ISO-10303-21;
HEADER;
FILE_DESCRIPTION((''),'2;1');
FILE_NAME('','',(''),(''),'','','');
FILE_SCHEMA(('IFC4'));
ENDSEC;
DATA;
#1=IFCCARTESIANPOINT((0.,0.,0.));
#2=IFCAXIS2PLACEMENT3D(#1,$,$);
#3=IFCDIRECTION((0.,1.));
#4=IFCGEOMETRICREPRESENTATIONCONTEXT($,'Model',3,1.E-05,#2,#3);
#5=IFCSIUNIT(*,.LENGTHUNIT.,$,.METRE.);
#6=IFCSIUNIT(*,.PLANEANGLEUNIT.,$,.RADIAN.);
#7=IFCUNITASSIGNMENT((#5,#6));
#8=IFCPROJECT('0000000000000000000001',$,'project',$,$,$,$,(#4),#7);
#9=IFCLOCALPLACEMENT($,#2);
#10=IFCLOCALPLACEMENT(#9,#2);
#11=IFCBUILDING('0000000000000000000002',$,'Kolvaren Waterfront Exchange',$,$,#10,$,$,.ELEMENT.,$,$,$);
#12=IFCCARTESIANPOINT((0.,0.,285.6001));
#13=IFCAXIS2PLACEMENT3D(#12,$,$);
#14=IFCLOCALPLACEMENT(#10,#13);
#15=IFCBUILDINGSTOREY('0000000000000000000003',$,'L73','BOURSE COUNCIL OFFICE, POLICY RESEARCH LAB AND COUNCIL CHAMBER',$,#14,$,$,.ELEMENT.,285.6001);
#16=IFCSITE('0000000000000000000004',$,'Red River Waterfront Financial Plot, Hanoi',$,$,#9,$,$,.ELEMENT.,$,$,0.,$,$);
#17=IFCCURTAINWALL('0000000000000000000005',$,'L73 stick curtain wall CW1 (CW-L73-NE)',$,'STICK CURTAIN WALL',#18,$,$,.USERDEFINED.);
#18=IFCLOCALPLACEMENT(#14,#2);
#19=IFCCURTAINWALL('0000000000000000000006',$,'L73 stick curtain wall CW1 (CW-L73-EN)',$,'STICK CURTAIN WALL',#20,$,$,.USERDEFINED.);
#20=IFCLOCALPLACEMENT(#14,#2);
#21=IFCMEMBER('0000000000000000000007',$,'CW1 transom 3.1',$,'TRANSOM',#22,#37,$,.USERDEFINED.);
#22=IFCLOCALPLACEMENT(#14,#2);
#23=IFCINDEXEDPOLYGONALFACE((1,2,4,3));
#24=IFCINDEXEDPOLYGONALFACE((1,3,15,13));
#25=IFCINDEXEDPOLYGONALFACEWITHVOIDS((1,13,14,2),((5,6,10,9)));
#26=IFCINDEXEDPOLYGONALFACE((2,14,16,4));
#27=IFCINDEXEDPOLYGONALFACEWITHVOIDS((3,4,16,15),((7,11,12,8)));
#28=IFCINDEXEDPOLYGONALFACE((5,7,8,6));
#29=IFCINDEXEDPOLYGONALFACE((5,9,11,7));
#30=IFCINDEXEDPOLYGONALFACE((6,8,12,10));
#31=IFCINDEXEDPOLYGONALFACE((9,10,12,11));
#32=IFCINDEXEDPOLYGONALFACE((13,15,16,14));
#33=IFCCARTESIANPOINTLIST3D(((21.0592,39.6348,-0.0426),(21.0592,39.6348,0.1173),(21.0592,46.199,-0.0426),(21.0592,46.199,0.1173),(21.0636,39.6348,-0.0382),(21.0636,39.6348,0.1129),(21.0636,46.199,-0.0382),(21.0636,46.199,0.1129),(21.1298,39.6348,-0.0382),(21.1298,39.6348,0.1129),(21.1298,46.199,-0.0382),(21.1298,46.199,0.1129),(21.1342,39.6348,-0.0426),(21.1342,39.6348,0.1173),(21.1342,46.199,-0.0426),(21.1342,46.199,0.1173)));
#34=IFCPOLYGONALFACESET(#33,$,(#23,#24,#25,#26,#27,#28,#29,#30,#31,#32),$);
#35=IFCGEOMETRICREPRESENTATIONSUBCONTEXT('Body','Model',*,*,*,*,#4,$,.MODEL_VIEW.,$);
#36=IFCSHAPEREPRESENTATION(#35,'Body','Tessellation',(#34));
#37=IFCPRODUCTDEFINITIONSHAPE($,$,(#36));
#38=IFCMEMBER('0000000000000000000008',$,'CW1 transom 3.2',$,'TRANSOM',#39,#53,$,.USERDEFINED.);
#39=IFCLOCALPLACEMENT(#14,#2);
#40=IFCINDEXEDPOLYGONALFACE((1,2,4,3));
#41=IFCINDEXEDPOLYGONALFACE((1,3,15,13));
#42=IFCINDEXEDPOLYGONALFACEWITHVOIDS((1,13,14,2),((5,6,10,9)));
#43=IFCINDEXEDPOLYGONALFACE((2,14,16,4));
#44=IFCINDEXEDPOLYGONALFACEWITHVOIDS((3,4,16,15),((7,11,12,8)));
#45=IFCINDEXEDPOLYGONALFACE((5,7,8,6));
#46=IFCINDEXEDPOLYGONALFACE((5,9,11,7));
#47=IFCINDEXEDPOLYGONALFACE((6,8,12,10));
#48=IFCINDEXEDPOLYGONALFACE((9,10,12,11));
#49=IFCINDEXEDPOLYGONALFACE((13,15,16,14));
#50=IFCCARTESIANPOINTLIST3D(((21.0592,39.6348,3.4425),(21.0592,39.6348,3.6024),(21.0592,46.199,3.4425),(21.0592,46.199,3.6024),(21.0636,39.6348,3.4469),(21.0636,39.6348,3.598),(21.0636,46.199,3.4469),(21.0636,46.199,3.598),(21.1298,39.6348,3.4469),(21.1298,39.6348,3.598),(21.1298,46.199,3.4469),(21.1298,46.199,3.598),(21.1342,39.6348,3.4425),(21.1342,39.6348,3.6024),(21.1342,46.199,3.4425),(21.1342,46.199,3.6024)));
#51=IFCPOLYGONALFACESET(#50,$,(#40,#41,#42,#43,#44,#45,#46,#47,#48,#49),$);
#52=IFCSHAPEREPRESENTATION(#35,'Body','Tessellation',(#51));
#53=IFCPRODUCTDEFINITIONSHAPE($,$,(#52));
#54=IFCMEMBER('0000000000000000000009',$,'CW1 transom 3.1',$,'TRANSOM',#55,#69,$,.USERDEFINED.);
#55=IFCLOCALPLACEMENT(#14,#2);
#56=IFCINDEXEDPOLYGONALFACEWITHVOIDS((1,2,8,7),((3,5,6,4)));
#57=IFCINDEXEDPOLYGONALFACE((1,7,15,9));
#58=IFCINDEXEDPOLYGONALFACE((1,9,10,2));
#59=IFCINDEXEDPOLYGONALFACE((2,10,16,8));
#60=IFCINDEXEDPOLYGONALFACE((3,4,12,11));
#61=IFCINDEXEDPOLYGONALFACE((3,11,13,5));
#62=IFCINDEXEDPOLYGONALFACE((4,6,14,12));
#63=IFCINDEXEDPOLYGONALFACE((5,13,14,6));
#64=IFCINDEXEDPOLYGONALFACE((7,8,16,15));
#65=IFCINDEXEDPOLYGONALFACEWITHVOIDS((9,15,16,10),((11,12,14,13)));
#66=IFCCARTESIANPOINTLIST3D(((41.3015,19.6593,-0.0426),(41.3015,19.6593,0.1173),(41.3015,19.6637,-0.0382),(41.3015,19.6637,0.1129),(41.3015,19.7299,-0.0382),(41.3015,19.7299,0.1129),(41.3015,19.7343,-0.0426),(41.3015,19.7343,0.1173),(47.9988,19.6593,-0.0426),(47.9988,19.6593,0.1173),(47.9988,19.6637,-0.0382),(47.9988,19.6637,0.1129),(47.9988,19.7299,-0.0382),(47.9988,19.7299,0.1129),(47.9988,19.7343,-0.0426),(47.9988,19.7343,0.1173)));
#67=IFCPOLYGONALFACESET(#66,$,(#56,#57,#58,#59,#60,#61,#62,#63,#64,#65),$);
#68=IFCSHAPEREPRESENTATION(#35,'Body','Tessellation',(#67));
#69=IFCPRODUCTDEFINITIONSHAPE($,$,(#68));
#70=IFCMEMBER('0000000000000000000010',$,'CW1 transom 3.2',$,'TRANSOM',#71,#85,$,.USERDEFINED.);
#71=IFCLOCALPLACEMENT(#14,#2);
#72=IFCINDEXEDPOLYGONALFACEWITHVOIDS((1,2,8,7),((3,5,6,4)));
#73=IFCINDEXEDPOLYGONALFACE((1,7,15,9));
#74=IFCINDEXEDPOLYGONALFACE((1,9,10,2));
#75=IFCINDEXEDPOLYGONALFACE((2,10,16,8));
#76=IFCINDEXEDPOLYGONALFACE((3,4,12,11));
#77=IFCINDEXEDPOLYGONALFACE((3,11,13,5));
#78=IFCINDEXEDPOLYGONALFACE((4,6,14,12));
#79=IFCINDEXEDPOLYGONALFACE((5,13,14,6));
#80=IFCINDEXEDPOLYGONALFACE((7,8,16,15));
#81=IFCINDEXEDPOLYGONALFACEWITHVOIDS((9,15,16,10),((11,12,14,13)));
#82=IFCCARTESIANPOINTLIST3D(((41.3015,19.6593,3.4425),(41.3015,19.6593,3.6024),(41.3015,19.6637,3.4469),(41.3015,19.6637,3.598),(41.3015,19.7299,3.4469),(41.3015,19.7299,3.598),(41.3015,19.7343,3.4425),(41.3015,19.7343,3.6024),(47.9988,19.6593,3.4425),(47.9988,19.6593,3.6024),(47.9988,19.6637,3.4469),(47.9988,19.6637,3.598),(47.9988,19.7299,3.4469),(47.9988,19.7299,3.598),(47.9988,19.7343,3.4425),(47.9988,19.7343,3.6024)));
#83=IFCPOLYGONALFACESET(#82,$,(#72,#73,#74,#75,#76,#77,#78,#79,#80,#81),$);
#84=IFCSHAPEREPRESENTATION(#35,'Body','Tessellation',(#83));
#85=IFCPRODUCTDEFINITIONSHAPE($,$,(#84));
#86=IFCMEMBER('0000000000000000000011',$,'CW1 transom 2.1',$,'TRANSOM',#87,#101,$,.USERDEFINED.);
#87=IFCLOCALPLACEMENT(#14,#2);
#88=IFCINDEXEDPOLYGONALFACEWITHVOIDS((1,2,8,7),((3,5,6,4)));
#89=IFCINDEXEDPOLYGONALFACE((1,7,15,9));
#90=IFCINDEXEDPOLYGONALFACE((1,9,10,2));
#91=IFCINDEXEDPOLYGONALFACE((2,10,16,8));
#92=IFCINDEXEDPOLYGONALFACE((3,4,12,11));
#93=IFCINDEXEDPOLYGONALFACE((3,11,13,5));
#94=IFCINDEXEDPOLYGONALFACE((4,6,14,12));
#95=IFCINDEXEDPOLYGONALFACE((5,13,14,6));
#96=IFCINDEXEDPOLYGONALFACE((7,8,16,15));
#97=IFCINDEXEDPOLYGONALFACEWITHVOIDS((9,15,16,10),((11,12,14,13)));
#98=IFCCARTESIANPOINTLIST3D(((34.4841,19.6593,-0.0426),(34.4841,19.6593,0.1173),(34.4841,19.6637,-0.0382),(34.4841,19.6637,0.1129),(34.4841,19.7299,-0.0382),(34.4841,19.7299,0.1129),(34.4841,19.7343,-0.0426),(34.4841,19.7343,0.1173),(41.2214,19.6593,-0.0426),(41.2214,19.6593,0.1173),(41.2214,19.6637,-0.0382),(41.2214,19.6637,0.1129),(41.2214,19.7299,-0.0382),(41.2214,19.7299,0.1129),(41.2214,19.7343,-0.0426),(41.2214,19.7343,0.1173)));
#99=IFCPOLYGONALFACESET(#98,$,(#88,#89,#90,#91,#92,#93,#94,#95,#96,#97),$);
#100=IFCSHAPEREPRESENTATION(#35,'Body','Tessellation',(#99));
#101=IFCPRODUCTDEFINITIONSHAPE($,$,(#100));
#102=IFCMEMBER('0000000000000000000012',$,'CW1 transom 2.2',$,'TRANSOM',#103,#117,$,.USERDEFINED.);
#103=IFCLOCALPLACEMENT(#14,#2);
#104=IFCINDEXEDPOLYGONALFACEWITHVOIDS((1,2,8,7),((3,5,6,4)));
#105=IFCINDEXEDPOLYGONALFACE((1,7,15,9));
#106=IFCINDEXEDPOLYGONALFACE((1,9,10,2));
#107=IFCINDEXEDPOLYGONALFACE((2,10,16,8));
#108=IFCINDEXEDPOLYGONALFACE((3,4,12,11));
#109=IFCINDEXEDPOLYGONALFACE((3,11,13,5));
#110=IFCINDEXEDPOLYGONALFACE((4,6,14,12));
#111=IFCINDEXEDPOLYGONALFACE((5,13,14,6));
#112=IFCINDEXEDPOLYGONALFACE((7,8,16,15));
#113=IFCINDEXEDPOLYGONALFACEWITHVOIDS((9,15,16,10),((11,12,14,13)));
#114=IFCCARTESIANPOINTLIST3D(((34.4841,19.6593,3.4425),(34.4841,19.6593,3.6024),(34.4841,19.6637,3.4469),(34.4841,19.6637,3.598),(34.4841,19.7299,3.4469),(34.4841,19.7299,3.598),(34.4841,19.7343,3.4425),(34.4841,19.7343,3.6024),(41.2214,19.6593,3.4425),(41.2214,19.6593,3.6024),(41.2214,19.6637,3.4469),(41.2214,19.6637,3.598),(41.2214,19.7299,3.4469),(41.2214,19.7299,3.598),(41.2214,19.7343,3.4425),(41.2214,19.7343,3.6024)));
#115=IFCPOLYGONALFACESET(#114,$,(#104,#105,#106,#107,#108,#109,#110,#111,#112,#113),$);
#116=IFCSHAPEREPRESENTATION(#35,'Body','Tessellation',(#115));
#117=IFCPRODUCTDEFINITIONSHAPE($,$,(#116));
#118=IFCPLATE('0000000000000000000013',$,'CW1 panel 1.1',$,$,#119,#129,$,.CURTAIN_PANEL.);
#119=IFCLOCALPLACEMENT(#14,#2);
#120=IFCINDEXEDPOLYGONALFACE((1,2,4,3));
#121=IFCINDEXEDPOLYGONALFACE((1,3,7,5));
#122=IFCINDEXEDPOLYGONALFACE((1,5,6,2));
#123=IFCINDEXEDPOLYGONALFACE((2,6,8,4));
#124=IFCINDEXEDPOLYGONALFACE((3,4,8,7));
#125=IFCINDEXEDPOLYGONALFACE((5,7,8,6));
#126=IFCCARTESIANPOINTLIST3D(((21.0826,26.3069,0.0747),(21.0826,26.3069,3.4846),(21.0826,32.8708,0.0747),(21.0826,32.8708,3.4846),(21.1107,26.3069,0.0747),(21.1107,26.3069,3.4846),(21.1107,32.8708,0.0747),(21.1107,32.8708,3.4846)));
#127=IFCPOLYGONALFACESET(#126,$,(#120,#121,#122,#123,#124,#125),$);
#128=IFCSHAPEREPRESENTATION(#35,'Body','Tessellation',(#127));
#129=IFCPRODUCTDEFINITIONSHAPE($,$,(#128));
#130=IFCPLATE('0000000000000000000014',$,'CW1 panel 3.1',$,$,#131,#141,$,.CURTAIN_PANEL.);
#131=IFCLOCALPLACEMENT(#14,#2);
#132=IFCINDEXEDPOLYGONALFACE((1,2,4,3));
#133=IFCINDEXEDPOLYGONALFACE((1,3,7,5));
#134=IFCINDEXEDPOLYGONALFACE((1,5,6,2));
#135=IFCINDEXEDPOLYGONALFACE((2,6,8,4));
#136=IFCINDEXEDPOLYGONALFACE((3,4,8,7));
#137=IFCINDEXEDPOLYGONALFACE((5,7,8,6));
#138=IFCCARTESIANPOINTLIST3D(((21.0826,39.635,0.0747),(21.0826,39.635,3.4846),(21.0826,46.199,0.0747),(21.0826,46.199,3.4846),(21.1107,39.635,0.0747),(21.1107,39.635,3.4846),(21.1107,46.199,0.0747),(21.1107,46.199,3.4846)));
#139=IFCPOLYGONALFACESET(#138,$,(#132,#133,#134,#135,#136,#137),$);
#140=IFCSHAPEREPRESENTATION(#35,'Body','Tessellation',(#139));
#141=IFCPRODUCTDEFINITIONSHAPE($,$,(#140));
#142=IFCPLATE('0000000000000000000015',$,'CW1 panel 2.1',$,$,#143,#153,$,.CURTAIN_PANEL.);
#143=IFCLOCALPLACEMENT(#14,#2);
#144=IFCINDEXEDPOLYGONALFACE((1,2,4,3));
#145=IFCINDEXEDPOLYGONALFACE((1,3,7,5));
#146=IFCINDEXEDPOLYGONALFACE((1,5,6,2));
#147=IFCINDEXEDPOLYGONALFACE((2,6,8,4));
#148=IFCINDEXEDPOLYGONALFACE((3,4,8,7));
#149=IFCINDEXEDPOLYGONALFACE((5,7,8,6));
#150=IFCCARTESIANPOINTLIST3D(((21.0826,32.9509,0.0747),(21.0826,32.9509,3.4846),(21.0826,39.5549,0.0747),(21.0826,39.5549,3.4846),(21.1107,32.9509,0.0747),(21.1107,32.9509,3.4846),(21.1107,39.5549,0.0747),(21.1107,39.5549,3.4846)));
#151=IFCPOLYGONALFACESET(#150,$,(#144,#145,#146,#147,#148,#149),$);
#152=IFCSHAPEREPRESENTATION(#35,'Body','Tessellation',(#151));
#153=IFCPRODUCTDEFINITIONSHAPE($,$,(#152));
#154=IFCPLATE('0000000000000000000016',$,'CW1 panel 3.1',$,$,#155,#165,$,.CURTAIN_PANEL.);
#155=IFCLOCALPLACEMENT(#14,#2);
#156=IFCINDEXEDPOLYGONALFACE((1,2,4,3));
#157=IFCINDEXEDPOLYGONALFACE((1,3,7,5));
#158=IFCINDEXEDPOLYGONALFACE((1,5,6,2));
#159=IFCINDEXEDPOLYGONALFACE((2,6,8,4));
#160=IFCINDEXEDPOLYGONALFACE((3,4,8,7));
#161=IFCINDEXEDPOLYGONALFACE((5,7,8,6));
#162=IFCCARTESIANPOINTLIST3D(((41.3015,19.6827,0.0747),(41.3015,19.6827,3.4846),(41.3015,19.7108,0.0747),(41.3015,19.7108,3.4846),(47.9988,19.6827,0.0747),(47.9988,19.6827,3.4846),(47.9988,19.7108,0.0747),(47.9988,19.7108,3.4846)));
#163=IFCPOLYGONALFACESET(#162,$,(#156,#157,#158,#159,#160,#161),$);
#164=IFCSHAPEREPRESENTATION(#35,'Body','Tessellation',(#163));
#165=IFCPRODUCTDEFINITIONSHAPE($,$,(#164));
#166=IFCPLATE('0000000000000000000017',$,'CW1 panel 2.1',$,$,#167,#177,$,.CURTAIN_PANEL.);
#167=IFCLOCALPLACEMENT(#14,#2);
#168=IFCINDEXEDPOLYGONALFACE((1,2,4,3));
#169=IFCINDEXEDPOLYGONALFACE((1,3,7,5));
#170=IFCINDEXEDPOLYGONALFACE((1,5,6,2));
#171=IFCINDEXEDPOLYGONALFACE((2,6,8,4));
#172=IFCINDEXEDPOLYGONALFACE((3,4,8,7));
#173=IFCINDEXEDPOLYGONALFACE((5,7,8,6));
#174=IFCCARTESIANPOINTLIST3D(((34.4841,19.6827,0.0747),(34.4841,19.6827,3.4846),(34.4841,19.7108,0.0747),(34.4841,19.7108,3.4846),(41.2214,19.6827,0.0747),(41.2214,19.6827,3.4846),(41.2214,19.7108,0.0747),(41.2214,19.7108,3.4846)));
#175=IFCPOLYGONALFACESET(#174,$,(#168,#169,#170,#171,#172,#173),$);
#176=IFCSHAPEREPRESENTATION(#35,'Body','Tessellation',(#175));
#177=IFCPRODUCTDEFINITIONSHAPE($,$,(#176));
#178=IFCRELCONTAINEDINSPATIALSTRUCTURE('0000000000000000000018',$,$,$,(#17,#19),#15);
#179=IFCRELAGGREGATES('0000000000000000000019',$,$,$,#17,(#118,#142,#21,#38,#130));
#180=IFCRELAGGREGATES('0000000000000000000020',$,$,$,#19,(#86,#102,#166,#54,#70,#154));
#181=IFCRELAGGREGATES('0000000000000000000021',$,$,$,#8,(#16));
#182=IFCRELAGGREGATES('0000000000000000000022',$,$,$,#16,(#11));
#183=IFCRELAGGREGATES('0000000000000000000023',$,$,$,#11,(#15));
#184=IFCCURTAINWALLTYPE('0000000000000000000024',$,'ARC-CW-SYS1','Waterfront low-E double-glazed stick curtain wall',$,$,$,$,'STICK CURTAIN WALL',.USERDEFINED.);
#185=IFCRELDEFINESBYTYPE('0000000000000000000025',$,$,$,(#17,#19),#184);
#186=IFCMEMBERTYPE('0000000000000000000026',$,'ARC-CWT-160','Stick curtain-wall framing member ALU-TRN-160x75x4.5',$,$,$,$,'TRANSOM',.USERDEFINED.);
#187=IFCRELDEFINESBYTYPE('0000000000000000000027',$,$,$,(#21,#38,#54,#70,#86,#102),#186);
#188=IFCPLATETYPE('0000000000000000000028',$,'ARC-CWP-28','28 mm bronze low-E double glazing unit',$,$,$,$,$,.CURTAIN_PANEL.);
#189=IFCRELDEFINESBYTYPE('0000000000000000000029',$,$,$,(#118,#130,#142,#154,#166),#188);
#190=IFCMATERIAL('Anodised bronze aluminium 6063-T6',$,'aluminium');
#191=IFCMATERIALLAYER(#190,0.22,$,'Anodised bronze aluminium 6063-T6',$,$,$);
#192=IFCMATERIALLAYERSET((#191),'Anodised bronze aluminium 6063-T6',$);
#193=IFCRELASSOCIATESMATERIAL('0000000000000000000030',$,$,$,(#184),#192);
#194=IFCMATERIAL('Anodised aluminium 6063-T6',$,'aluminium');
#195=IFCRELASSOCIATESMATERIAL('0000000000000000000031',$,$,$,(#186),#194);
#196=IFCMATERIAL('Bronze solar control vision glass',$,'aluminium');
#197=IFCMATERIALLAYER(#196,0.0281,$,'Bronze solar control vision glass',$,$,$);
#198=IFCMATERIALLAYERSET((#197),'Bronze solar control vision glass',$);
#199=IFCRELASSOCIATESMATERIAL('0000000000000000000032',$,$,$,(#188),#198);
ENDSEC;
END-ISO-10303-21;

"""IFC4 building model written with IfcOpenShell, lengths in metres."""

from ifc_helpers import new_model, si_unit, direction, frame, origin, origin_with_axes, origin_2d, place, context, subcontext, project, spatial, rectangle, hollow_rectangle, extrude, source, transform, mapped, material, layer, layer_set, material_profile, profile_set, type_object, element, aggregate, save


model = new_model("IFC4")

# Units and contexts
model_context = context("Model", 3, precision=1e-05, world=origin(), true_north=direction((0.0, 1.0)))
body_context = subcontext(model_context, "Body", "Model", "MODEL_VIEW")
ifc_project = project(units=[si_unit("LENGTHUNIT", "METRE"), si_unit("PLANEANGLEUNIT", "RADIAN")], contexts=[model_context])

# Site, building, storey
site_placement = place(None, origin())
site = spatial("IfcSite", under=ifc_project, at=site_placement, Name="Red River Waterfront Financial Plot, Hanoi", CompositionType="ELEMENT", RefElevation=0.0)
building_placement = place(site_placement, origin())
building = spatial("IfcBuilding", under=site, at=building_placement, Name="Kolvaren Waterfront Exchange", CompositionType="ELEMENT")
storey_placement = place(building_placement, frame((0.0, 0.0, 285.6001)))
storey = spatial("IfcBuildingStorey", under=building, at=storey_placement, Name="L73", Description="BOURSE COUNCIL OFFICE, POLICY RESEARCH LAB AND COUNCIL CHAMBER", CompositionType="ELEMENT", Elevation=285.6001)

# Curtain walls
ifc_material_1 = material(Name="Anodised bronze aluminium 6063-T6", Category="aluminium")
ifc_layer_1 = layer(ifc_material_1, 0.22, Name="Anodised bronze aluminium 6063-T6")
ifc_layer_set_1 = layer_set([ifc_layer_1], Name="Anodised bronze aluminium 6063-T6")
curtain_wall_type = type_object("IfcCurtainWallType", Name="ARC-CW-SYS1", Description="Waterfront low-E double-glazed stick curtain wall", ElementType="STICK CURTAIN WALL", PredefinedType="USERDEFINED", material=ifc_layer_set_1)
curtain_wall_1_placement = place(storey_placement, origin())
curtain_wall_1 = element("IfcCurtainWall", 1, at=curtain_wall_1_placement, inside=storey, type_object=curtain_wall_type, Name="L73 stick curtain wall CW1 (CW-L73-NE)", ObjectType="STICK CURTAIN WALL", PredefinedType="USERDEFINED")
ifc_material_2 = material(Name="Anodised aluminium 6063-T6", Category="aluminium")
curtain_wall_2_placement = place(storey_placement, origin())
curtain_wall_2 = element("IfcCurtainWall", 2, at=curtain_wall_2_placement, inside=storey, type_object=curtain_wall_type, Name="L73 stick curtain wall CW1 (CW-L73-EN)", ObjectType="STICK CURTAIN WALL", PredefinedType="USERDEFINED")

# Members
ifc_material_profile_1 = material_profile(ifc_material_2, hollow_rectangle(XDim=0.075, YDim=0.1599, WallThickness=0.0044, at=origin_2d()), Name="ALU-TRN-160x75x4.5")
ifc_profile_set_1 = profile_set([ifc_material_profile_1], Name="Anodised aluminium 6063-T6")
member_type_1 = type_object("IfcMemberType", Name="ARC-CWT-160", Description="Stick curtain-wall framing member ALU-TRN-160x75x4.5", ElementType="TRANSOM", PredefinedType="USERDEFINED", material=ifc_profile_set_1)
shared_shape_1 = source(origin_with_axes(), body_context, "Body", "SweptSolid", [
    extrude(hollow_rectangle(XDim=0.075, YDim=0.1599, WallThickness=0.0044, at=origin_2d()), origin(), (0.0, 0.0, 1.0), 6.5642),
])
member_1_placement = place(storey_placement, frame((21.0967, 39.6348, 0.0374), z_axis=(0.0, 1.0, 0.0), x_axis=(-1.0, 0.0, 0.0)))
member_1 = element("IfcMember", 3, at=member_1_placement, type_object=member_type_1, Name="CW1 transom 3.1", ObjectType="TRANSOM", PredefinedType="USERDEFINED", context=body_context, shape_type="MappedRepresentation", body=[
    mapped(shared_shape_1, transform((0.0, 0.0, 0.0), x_axis=(1.0, 0.0, 0.0), y_axis=(0.0, 1.0, 0.0), z_axis=(0.0, 0.0, 1.0), scale=1.0)),
])
member_2_placement = place(storey_placement, frame((21.0967, 39.6348, 3.5225), z_axis=(0.0, 1.0, 0.0), x_axis=(-1.0, 0.0, 0.0)))
member_2 = element("IfcMember", 4, at=member_2_placement, type_object=member_type_1, Name="CW1 transom 3.2", ObjectType="TRANSOM", PredefinedType="USERDEFINED", context=body_context, shape_type="MappedRepresentation", body=[
    mapped(shared_shape_1, transform((0.0, 0.0, 0.0), x_axis=(1.0, 0.0, 0.0), y_axis=(0.0, 1.0, 0.0), z_axis=(0.0, 0.0, 1.0), scale=1.0)),
])
shared_shape_2 = source(origin_with_axes(), body_context, "Body", "SweptSolid", [
    extrude(hollow_rectangle(XDim=0.075, YDim=0.1599, WallThickness=0.0044, at=origin_2d()), origin(), (0.0, 0.0, 1.0), 6.6973),
])
member_3_placement = place(storey_placement, frame((41.3015, 19.6968, 0.0374), z_axis=(1.0, 0.0, 0.0), x_axis=(0.0, 1.0, 0.0)))
member_3 = element("IfcMember", 5, at=member_3_placement, type_object=member_type_1, Name="CW1 transom 3.1", ObjectType="TRANSOM", PredefinedType="USERDEFINED", context=body_context, shape_type="MappedRepresentation", body=[
    mapped(shared_shape_2, transform((0.0, 0.0, 0.0), x_axis=(1.0, 0.0, 0.0), y_axis=(0.0, 1.0, 0.0), z_axis=(0.0, 0.0, 1.0), scale=1.0)),
])
member_4_placement = place(storey_placement, frame((41.3015, 19.6968, 3.5225), z_axis=(1.0, 0.0, 0.0), x_axis=(0.0, 1.0, 0.0)))
member_4 = element("IfcMember", 6, at=member_4_placement, type_object=member_type_1, Name="CW1 transom 3.2", ObjectType="TRANSOM", PredefinedType="USERDEFINED", context=body_context, shape_type="MappedRepresentation", body=[
    mapped(shared_shape_2, transform((0.0, 0.0, 0.0), x_axis=(1.0, 0.0, 0.0), y_axis=(0.0, 1.0, 0.0), z_axis=(0.0, 0.0, 1.0), scale=1.0)),
])
shared_shape_3 = source(origin_with_axes(), body_context, "Body", "SweptSolid", [
    extrude(hollow_rectangle(XDim=0.075, YDim=0.1599, WallThickness=0.0044, at=origin_2d()), origin(), (0.0, 0.0, 1.0), 6.7373),
])
member_5_placement = place(storey_placement, frame((34.4841, 19.6968, 0.0374), z_axis=(1.0, 0.0, 0.0), x_axis=(0.0, 1.0, 0.0)))
member_5 = element("IfcMember", 7, at=member_5_placement, type_object=member_type_1, Name="CW1 transom 2.1", ObjectType="TRANSOM", PredefinedType="USERDEFINED", context=body_context, shape_type="MappedRepresentation", body=[
    mapped(shared_shape_3, transform((0.0, 0.0, 0.0), x_axis=(1.0, 0.0, 0.0), y_axis=(0.0, 1.0, 0.0), z_axis=(0.0, 0.0, 1.0), scale=1.0)),
])
member_6_placement = place(storey_placement, frame((34.4841, 19.6968, 3.5225), z_axis=(1.0, 0.0, 0.0), x_axis=(0.0, 1.0, 0.0)))
member_6 = element("IfcMember", 8, at=member_6_placement, type_object=member_type_1, Name="CW1 transom 2.2", ObjectType="TRANSOM", PredefinedType="USERDEFINED", context=body_context, shape_type="MappedRepresentation", body=[
    mapped(shared_shape_3, transform((0.0, 0.0, 0.0), x_axis=(1.0, 0.0, 0.0), y_axis=(0.0, 1.0, 0.0), z_axis=(0.0, 0.0, 1.0), scale=1.0)),
])

# Plates
ifc_material_3 = material(Name="Bronze solar control vision glass", Category="aluminium")
ifc_layer_2 = layer(ifc_material_3, 0.0281, Name="Bronze solar control vision glass")
ifc_layer_set_2 = layer_set([ifc_layer_2], Name="Bronze solar control vision glass")
plate_type = type_object("IfcPlateType", Name="ARC-CWP-28", Description="28 mm bronze low-E double glazing unit", PredefinedType="CURTAIN_PANEL", material=ifc_layer_set_2)
shared_shape_4 = source(origin_with_axes(), body_context, "Body", "SweptSolid", [
    extrude(rectangle(XDim=6.564, YDim=0.0281, at=origin_2d()), origin(), (0.0, 0.0, 1.0), 3.4099),
])
plate_1_placement = place(storey_placement, frame((21.0967, 29.5889, 0.0747), z_axis=(0.0, 0.0, 1.0), x_axis=(0.0, 1.0, 0.0)))
plate_1 = element("IfcPlate", 9, at=plate_1_placement, type_object=plate_type, Name="CW1 panel 1.1", PredefinedType="CURTAIN_PANEL", context=body_context, shape_type="MappedRepresentation", body=[
    mapped(shared_shape_4, transform((0.0, 0.0, 0.0), x_axis=(1.0, 0.0, 0.0), y_axis=(0.0, 1.0, 0.0), z_axis=(0.0, 0.0, 1.0), scale=1.0)),
])
plate_2_placement = place(storey_placement, frame((21.0967, 42.917, 0.0747), z_axis=(0.0, 0.0, 1.0), x_axis=(0.0, 1.0, 0.0)))
plate_2 = element("IfcPlate", 10, at=plate_2_placement, type_object=plate_type, Name="CW1 panel 3.1", PredefinedType="CURTAIN_PANEL", context=body_context, shape_type="MappedRepresentation", body=[
    mapped(shared_shape_4, transform((0.0, 0.0, 0.0), x_axis=(1.0, 0.0, 0.0), y_axis=(0.0, 1.0, 0.0), z_axis=(0.0, 0.0, 1.0), scale=1.0)),
])
shared_shape_5 = source(origin_with_axes(), body_context, "Body", "SweptSolid", [
    extrude(rectangle(XDim=6.604, YDim=0.0281, at=origin_2d()), origin(), (0.0, 0.0, 1.0), 3.4099),
])
plate_3_placement = place(storey_placement, frame((21.0967, 36.2529, 0.0747), z_axis=(0.0, 0.0, 1.0), x_axis=(0.0, 1.0, 0.0)))
plate_3 = element("IfcPlate", 11, at=plate_3_placement, type_object=plate_type, Name="CW1 panel 2.1", PredefinedType="CURTAIN_PANEL", context=body_context, shape_type="MappedRepresentation", body=[
    mapped(shared_shape_5, transform((0.0, 0.0, 0.0), x_axis=(1.0, 0.0, 0.0), y_axis=(0.0, 1.0, 0.0), z_axis=(0.0, 0.0, 1.0), scale=1.0)),
])
aggregate(curtain_wall_1, [plate_1, plate_3, member_1, member_2, plate_2])
shared_shape_6 = source(origin_with_axes(), body_context, "Body", "SweptSolid", [
    extrude(rectangle(XDim=6.6973, YDim=0.0281, at=origin_2d()), origin(), (0.0, 0.0, 1.0), 3.4099),
])
plate_4_placement = place(storey_placement, frame((44.6501, 19.6968, 0.0747), z_axis=(0.0, 0.0, 1.0), x_axis=(1.0, 0.0, 0.0)))
plate_4 = element("IfcPlate", 12, at=plate_4_placement, type_object=plate_type, Name="CW1 panel 3.1", PredefinedType="CURTAIN_PANEL", context=body_context, shape_type="MappedRepresentation", body=[
    mapped(shared_shape_6, transform((0.0, 0.0, 0.0), x_axis=(1.0, 0.0, 0.0), y_axis=(0.0, 1.0, 0.0), z_axis=(0.0, 0.0, 1.0), scale=1.0)),
])
shared_shape_7 = source(origin_with_axes(), body_context, "Body", "SweptSolid", [
    extrude(rectangle(XDim=6.7373, YDim=0.0281, at=origin_2d()), origin(), (0.0, 0.0, 1.0), 3.4099),
])
plate_5_placement = place(storey_placement, frame((37.8528, 19.6968, 0.0747), z_axis=(0.0, 0.0, 1.0), x_axis=(1.0, 0.0, 0.0)))
plate_5 = element("IfcPlate", 13, at=plate_5_placement, type_object=plate_type, Name="CW1 panel 2.1", PredefinedType="CURTAIN_PANEL", context=body_context, shape_type="MappedRepresentation", body=[
    mapped(shared_shape_7, transform((0.0, 0.0, 0.0), x_axis=(1.0, 0.0, 0.0), y_axis=(0.0, 1.0, 0.0), z_axis=(0.0, 0.0, 1.0), scale=1.0)),
])
aggregate(curtain_wall_2, [member_5, member_6, plate_5, member_3, member_4, plate_4])

save(model, "model.ifc")
